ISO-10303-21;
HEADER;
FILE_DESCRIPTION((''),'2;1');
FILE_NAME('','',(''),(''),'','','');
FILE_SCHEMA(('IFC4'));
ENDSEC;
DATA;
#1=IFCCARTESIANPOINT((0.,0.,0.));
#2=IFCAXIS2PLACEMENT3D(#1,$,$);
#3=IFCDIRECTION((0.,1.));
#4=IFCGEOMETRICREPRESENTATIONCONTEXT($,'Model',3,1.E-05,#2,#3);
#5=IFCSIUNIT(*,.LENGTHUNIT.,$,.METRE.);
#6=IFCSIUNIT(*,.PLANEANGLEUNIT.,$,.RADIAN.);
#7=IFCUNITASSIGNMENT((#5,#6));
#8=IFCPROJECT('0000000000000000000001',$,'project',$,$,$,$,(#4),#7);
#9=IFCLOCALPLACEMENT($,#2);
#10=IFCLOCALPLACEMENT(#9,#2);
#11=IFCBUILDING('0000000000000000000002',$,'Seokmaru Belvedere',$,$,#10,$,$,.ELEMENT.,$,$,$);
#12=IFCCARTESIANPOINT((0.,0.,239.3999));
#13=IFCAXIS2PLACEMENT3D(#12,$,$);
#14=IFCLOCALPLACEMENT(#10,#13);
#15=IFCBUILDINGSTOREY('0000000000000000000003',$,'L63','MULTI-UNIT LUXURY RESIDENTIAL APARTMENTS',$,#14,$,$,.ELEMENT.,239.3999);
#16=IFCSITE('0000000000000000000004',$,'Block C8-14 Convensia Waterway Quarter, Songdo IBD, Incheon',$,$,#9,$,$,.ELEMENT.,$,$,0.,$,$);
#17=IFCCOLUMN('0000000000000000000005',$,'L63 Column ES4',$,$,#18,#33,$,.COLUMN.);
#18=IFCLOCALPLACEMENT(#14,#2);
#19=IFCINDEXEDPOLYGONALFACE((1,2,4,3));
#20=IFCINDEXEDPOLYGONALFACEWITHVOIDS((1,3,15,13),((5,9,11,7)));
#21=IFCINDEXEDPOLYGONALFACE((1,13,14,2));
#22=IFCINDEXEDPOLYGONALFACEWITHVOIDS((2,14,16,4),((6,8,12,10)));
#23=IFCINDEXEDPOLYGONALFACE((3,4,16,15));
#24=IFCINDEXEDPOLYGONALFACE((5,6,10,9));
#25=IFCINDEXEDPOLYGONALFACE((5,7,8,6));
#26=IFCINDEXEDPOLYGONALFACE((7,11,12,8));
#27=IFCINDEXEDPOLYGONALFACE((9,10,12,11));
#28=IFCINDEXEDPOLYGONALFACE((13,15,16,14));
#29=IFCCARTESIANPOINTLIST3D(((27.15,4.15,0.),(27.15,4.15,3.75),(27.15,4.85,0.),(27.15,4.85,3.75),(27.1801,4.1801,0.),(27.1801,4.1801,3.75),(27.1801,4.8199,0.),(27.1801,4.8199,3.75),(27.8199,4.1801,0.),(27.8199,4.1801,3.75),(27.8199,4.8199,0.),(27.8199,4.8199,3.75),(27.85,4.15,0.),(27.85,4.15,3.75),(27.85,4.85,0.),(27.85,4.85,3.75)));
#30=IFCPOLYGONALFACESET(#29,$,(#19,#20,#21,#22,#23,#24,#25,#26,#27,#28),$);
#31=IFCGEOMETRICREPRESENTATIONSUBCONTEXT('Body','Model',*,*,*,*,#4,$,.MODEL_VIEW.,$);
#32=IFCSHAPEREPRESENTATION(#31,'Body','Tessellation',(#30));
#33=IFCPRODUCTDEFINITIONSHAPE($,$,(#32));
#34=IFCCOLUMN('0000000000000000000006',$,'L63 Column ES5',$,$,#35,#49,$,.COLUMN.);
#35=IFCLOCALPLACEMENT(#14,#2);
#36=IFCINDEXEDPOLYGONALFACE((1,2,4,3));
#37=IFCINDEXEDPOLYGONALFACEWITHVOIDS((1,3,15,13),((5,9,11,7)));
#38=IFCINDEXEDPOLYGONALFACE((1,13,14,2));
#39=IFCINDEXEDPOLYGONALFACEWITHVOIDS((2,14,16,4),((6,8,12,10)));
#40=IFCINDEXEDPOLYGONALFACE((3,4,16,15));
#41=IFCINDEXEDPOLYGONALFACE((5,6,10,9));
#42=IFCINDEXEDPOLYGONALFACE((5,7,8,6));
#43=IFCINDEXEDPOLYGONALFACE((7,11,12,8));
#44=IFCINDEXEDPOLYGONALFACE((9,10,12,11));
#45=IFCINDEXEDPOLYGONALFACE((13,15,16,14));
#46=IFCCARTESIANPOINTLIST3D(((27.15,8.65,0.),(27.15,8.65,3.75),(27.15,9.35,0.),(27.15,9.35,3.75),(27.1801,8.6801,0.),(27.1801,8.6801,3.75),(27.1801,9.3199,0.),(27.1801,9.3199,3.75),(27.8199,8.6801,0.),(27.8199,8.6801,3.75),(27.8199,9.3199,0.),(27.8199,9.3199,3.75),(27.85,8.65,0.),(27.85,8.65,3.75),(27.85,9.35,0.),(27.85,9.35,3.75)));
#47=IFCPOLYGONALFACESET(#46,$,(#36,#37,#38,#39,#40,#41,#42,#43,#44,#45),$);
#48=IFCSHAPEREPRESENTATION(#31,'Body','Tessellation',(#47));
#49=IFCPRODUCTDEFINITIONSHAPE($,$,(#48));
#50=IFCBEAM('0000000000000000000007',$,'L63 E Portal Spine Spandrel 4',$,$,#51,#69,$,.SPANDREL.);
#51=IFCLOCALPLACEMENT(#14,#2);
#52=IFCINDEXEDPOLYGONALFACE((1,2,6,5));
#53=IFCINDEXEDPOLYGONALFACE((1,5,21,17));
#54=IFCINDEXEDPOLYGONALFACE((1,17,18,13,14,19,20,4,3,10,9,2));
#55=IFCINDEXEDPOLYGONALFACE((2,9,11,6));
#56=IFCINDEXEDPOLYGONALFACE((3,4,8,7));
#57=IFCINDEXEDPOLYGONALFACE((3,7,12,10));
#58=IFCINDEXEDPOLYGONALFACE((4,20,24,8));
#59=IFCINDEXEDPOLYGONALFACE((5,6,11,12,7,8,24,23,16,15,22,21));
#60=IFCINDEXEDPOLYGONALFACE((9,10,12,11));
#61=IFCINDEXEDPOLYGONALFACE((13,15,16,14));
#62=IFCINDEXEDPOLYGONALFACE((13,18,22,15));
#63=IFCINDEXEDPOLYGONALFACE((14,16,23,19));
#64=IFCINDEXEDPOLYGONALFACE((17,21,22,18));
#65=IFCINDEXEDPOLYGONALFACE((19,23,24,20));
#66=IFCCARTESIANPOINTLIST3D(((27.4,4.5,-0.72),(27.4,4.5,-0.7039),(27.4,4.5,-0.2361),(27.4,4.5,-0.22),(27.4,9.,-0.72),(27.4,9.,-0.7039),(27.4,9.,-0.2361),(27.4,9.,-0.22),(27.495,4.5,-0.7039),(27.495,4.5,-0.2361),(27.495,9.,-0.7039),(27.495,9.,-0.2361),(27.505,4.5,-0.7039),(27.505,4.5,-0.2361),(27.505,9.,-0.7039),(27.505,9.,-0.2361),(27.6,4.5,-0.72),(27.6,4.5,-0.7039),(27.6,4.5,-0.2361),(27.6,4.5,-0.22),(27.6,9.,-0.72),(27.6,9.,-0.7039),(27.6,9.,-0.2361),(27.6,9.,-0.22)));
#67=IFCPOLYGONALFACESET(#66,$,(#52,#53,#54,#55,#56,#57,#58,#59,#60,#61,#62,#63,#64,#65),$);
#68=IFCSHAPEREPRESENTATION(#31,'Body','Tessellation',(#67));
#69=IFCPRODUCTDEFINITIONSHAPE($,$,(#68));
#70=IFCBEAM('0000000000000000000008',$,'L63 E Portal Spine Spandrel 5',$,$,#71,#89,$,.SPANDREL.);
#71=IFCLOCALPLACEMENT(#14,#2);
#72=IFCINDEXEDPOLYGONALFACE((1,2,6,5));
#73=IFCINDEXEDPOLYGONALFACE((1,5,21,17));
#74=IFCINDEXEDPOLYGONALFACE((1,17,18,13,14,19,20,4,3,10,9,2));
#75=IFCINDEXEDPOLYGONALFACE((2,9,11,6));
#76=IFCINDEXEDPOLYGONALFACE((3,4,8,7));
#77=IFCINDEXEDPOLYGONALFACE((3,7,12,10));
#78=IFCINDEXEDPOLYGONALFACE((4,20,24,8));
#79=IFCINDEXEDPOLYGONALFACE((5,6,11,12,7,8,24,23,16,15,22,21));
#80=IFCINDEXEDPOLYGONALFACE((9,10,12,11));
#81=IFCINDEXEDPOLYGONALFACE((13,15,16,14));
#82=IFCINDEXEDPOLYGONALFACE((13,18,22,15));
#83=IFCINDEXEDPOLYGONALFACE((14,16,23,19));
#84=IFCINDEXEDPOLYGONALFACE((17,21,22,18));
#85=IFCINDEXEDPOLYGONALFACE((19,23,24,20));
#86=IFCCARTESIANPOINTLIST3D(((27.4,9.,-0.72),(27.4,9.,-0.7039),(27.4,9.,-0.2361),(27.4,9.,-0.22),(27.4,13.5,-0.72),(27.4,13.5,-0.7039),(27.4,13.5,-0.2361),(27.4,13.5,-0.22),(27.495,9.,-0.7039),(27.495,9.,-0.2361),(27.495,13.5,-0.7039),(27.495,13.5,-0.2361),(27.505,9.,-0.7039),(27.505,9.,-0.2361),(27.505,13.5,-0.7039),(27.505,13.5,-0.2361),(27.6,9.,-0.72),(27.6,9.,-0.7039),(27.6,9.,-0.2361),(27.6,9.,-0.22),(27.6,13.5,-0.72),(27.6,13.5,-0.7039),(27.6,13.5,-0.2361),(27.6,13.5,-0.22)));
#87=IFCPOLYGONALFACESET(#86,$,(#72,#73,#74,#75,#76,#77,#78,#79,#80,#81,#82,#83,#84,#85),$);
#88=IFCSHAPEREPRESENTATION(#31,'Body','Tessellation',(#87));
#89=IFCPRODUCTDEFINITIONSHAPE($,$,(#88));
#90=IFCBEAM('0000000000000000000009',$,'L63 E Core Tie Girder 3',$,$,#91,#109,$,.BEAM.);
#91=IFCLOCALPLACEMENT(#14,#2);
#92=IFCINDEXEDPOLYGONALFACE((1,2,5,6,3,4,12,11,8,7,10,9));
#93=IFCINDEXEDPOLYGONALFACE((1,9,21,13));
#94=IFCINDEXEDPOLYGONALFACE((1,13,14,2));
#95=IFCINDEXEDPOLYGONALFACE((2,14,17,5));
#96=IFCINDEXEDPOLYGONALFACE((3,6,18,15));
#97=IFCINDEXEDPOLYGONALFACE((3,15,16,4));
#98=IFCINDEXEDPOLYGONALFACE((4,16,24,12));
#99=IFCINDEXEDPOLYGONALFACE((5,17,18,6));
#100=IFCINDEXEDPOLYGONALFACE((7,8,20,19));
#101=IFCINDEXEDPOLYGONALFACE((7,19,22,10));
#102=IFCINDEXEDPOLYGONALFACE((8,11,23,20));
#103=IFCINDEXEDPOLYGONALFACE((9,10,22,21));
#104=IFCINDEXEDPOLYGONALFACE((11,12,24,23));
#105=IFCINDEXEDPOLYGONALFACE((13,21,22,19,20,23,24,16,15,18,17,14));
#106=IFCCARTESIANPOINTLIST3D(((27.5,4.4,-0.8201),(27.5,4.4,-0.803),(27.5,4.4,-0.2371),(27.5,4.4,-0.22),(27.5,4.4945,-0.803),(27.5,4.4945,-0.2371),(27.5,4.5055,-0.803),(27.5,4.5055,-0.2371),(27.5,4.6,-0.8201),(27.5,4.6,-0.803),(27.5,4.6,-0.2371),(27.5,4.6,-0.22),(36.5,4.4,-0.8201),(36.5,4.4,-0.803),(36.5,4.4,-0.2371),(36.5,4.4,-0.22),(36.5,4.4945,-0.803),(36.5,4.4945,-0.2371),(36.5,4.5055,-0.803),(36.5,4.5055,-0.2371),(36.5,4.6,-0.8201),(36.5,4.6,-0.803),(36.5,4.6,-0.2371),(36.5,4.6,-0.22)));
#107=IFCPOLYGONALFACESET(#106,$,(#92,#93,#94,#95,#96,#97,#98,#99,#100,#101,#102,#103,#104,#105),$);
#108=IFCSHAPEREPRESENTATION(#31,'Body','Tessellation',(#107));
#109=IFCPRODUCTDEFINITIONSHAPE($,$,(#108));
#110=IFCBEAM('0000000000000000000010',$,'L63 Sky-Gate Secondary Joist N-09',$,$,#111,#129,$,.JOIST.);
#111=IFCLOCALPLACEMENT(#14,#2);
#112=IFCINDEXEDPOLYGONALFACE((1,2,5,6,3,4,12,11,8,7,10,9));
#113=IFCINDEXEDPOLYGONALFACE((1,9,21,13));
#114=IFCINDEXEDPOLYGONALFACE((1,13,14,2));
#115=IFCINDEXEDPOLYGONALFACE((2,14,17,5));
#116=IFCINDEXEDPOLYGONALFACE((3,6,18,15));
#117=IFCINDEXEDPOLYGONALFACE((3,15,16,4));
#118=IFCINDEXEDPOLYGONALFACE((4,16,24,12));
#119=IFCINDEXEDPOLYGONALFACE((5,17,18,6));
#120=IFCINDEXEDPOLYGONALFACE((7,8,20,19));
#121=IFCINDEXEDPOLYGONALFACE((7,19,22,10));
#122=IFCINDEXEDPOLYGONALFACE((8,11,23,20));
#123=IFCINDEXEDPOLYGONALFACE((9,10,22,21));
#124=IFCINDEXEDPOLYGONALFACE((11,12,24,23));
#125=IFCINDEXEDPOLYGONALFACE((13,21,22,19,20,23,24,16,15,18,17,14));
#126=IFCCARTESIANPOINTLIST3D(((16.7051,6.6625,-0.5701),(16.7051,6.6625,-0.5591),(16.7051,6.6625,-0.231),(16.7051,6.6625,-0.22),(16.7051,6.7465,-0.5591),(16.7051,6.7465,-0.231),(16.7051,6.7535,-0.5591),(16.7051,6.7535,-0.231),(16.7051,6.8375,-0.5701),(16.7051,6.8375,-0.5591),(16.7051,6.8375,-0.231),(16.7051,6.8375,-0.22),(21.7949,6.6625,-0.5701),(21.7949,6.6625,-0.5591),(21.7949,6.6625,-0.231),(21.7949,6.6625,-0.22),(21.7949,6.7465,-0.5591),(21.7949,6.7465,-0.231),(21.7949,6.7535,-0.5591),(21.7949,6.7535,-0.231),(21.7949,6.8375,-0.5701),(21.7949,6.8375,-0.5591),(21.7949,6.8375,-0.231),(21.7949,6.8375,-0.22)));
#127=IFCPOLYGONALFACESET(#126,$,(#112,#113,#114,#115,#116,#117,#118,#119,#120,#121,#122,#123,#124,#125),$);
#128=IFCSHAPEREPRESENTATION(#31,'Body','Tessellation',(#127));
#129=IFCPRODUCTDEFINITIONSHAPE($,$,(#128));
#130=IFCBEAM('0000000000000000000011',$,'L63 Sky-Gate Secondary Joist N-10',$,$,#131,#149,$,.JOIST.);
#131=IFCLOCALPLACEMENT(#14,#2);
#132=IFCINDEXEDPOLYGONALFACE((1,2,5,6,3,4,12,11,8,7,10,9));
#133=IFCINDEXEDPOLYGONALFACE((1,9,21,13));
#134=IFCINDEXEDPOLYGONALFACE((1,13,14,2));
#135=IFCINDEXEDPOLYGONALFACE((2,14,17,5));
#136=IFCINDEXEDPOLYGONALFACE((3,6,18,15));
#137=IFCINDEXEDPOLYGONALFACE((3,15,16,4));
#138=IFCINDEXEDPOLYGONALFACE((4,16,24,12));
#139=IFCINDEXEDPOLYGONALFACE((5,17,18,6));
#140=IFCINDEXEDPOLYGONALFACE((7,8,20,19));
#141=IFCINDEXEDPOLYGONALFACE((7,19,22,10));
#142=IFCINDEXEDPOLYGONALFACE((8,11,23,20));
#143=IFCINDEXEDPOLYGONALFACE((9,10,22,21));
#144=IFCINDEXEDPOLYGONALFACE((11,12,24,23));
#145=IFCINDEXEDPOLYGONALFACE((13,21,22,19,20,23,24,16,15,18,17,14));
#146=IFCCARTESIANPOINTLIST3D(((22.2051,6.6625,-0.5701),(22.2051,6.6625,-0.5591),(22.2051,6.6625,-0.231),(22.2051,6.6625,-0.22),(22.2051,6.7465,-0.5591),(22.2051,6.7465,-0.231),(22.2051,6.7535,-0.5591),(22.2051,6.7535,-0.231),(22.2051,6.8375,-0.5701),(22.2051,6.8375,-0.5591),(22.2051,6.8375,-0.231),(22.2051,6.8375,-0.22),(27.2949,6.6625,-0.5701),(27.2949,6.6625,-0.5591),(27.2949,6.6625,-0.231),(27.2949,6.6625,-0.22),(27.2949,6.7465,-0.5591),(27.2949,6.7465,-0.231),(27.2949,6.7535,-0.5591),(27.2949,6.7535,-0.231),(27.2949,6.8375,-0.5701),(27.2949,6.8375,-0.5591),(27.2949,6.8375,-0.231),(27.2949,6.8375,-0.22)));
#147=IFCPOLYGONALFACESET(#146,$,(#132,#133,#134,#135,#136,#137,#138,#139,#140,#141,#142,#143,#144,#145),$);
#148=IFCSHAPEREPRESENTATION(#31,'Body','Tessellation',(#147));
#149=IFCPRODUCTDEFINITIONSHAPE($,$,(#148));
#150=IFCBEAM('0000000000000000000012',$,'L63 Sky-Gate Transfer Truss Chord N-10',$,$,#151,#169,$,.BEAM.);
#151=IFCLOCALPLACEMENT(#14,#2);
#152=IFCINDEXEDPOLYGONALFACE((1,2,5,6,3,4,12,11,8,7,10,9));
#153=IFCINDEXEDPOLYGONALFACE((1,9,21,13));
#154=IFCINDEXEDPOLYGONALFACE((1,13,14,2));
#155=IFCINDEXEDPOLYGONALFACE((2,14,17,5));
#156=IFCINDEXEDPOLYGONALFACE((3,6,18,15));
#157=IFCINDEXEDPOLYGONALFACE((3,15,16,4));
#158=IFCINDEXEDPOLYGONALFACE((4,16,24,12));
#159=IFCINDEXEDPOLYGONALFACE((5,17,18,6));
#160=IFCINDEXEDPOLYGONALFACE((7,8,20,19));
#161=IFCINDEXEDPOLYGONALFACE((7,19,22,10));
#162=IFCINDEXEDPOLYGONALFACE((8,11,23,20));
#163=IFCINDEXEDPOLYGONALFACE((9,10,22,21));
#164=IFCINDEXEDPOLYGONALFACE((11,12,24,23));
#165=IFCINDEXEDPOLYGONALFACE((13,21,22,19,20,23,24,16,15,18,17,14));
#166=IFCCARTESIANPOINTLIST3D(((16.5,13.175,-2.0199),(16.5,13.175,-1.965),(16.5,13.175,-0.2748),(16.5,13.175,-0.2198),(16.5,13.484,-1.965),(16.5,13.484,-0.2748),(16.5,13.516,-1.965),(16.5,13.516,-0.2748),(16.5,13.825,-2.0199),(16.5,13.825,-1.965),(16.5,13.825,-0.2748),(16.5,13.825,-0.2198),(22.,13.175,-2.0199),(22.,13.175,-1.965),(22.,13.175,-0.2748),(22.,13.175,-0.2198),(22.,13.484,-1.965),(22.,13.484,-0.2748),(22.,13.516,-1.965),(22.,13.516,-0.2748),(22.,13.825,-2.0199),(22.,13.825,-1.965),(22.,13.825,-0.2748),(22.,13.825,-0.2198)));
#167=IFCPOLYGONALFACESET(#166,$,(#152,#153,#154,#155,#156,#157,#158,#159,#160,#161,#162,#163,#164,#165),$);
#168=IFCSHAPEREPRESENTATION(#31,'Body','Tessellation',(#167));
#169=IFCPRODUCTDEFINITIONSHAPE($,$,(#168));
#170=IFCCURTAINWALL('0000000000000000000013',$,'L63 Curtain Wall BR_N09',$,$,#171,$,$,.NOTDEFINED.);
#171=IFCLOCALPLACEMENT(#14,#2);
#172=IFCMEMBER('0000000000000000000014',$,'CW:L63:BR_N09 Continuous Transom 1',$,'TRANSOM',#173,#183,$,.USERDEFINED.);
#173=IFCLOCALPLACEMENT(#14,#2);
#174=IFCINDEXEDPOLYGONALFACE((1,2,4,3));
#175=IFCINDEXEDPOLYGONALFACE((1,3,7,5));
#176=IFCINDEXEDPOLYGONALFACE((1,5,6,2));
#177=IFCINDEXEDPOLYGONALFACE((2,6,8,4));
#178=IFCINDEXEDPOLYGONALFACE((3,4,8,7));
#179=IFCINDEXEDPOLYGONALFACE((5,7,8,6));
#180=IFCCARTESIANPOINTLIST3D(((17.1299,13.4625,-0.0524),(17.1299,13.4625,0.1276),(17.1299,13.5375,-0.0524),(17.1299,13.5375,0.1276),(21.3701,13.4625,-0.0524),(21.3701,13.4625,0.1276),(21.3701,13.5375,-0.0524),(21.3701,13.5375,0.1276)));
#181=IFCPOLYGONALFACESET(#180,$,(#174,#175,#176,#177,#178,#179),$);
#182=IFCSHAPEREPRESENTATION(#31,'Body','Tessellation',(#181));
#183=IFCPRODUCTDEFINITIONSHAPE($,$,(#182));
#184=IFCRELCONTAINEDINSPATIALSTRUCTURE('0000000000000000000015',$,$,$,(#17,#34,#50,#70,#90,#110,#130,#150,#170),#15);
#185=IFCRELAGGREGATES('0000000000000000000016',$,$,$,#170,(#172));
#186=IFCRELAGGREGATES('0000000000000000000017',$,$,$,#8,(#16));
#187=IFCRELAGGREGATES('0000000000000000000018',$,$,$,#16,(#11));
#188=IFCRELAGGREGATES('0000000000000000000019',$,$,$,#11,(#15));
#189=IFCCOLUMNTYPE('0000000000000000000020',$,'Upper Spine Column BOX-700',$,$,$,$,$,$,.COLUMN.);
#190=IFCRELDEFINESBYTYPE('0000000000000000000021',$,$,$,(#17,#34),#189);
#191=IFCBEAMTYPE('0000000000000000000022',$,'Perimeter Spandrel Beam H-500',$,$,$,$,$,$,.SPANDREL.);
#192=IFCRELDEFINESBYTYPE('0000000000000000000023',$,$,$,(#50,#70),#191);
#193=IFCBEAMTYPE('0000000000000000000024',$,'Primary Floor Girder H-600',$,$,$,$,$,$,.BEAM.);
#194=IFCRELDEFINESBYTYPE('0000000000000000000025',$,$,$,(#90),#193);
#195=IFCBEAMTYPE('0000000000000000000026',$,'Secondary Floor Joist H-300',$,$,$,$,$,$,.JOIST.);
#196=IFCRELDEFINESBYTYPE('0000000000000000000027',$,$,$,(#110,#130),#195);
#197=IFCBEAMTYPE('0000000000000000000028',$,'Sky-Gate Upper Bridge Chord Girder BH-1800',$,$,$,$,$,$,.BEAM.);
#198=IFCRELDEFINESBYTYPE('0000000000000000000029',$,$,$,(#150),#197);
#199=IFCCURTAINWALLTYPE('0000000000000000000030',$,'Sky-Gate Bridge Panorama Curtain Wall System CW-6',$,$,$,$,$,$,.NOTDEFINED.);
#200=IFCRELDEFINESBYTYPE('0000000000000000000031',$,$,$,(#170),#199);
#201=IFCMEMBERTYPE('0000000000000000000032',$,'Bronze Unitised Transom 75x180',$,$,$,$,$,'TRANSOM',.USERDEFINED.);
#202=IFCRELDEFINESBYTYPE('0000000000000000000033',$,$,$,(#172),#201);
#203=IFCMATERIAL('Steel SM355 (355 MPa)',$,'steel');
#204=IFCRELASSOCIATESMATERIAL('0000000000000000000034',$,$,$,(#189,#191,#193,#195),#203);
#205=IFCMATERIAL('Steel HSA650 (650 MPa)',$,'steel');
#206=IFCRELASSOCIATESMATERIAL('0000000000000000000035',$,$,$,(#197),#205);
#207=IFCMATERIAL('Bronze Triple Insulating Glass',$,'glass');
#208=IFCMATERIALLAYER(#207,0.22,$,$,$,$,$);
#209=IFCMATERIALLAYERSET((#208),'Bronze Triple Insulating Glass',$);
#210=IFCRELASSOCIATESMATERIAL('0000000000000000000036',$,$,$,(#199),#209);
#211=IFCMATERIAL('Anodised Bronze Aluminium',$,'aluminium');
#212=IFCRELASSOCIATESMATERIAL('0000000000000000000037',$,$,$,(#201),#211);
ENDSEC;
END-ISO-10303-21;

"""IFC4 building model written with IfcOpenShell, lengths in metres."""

from ifc_helpers import new_model, si_unit, direction, frame, origin, origin_2d, place, context, subcontext, project, spatial, rectangle, hollow_rectangle, i_section, extrude, source, transform, mapped, material, layer, layer_set, material_profile, profile_set, type_object, type_shapes, element, aggregate, save


model = new_model("IFC4")

# Units and contexts
model_context = context("Model", 3, precision=1e-05, world=origin(), true_north=direction((0.0, 1.0)))
body_context = subcontext(model_context, "Body", "Model", "MODEL_VIEW")
ifc_project = project(units=[si_unit("LENGTHUNIT", "METRE"), si_unit("PLANEANGLEUNIT", "RADIAN")], contexts=[model_context])

# Site, building, storey
site_placement = place(None, origin())
site = spatial("IfcSite", under=ifc_project, at=site_placement, Name="Block C8-14 Convensia Waterway Quarter, Songdo IBD, Incheon", CompositionType="ELEMENT", RefElevation=0.0)
building_placement = place(site_placement, origin())
building = spatial("IfcBuilding", under=site, at=building_placement, Name="Seokmaru Belvedere", CompositionType="ELEMENT")
storey_placement = place(building_placement, frame((0.0, 0.0, 239.3999)))
storey = spatial("IfcBuildingStorey", under=building, at=storey_placement, Name="L63", Description="MULTI-UNIT LUXURY RESIDENTIAL APARTMENTS", CompositionType="ELEMENT", Elevation=239.3999)

# Columns
ifc_material_1 = material(Name="Steel SM355 (355 MPa)", Category="steel")
ifc_material_profile_1 = material_profile(ifc_material_1, hollow_rectangle(XDim=0.7, YDim=0.7, WallThickness=0.03, at=origin_2d()), Name="BOX-700x700x30")
ifc_profile_set_1 = profile_set([ifc_material_profile_1], Name="Steel SM355 (355 MPa)")
column_type = type_object("IfcColumnType", Name="Upper Spine Column BOX-700", PredefinedType="COLUMN", material=ifc_profile_set_1)
shared_shape_1 = source(origin(), body_context, "Body", "SweptSolid", [
    extrude(hollow_rectangle(XDim=0.7, YDim=0.7, WallThickness=0.03, at=origin_2d()), origin(), (0.0, 0.0, 1.0), 3.75),
])
type_shapes(column_type, [shared_shape_1])
for number, where, z_axis, x_axis, name in (
    (1, (27.5, 4.5, 0.0), (0.0, 0.0, 1.0), (1.0, 0.0, 0.0), "L63 Column ES4"),
    (2, (27.5, 9.0, 0.0), (0.0, 0.0, 1.0), (1.0, 0.0, 0.0), "L63 Column ES5"),
):
    element("IfcColumn", number, at=place(storey_placement, frame(where, z_axis=z_axis, x_axis=x_axis)), inside=storey, type_object=column_type, Name=name, PredefinedType="COLUMN", context=body_context, shape_type="MappedRepresentation", body=[
        mapped(shared_shape_1, transform((0.0, 0.0, 0.0), scale=1.0)),
    ])

# Beams
ifc_material_profile_2 = material_profile(ifc_material_1, i_section(OverallWidth=0.2, OverallDepth=0.5, WebThickness=0.01, FlangeThickness=0.0161, at=origin_2d()), Name="H-500x200x10x16")
ifc_profile_set_2 = profile_set([ifc_material_profile_2], Name="Steel SM355 (355 MPa)")
beam_type_1 = type_object("IfcBeamType", Name="Perimeter Spandrel Beam H-500", PredefinedType="SPANDREL", material=ifc_profile_set_2)
shared_shape_2 = source(origin(), body_context, "Body", "SweptSolid", [
    extrude(i_section(OverallWidth=0.2, OverallDepth=0.5, WebThickness=0.01, FlangeThickness=0.0161, at=origin_2d()), origin(), (0.0, 0.0, 1.0), 4.5),
])
type_shapes(beam_type_1, [shared_shape_2])
for number, where, z_axis, x_axis, name in (
    (3, (27.5, 4.5, -0.47), (0.0, 1.0, 0.0), (-1.0, 0.0, 0.0), "L63 E Portal Spine Spandrel 4"),
    (4, (27.5, 9.0, -0.47), (0.0, 1.0, 0.0), (-1.0, 0.0, 0.0), "L63 E Portal Spine Spandrel 5"),
):
    element("IfcBeam", number, at=place(storey_placement, frame(where, z_axis=z_axis, x_axis=x_axis)), inside=storey, type_object=beam_type_1, Name=name, PredefinedType="SPANDREL", context=body_context, shape_type="MappedRepresentation", body=[
        mapped(shared_shape_2, transform((0.0, 0.0, 0.0), scale=1.0)),
    ])
ifc_material_profile_3 = material_profile(ifc_material_1, i_section(OverallWidth=0.2, OverallDepth=0.6001, WebThickness=0.011, FlangeThickness=0.0171, at=origin_2d()), Name="H-600x200x11x17")
ifc_profile_set_3 = profile_set([ifc_material_profile_3], Name="Steel SM355 (355 MPa)")
beam_type_2 = type_object("IfcBeamType", Name="Primary Floor Girder H-600", PredefinedType="BEAM", material=ifc_profile_set_3)
shared_shape_3 = source(origin(), body_context, "Body", "SweptSolid", [
    extrude(i_section(OverallWidth=0.2, OverallDepth=0.6001, WebThickness=0.011, FlangeThickness=0.0171, at=origin_2d()), origin(), (0.0, 0.0, 1.0), 9.0),
])
type_shapes(beam_type_2, [shared_shape_3])
beam_1_placement = place(storey_placement, frame((27.5, 4.5, -0.52), z_axis=(1.0, 0.0, 0.0), x_axis=(0.0, 1.0, 0.0)))
element("IfcBeam", 5, at=beam_1_placement, inside=storey, type_object=beam_type_2, Name="L63 E Core Tie Girder 3", PredefinedType="BEAM", context=body_context, shape_type="MappedRepresentation", body=[
    mapped(shared_shape_3, transform((0.0, 0.0, 0.0), scale=1.0)),
])
ifc_material_profile_4 = material_profile(ifc_material_1, i_section(OverallWidth=0.175, OverallDepth=0.3501, WebThickness=0.0071, FlangeThickness=0.011, at=origin_2d()), Name="H-350x175x7x11")
ifc_profile_set_4 = profile_set([ifc_material_profile_4], Name="Steel SM355 (355 MPa)")
beam_type_3 = type_object("IfcBeamType", Name="Secondary Floor Joist H-300", PredefinedType="JOIST", material=ifc_profile_set_4)
shared_shape_4 = source(origin(), body_context, "Body", "SweptSolid", [
    extrude(i_section(OverallWidth=0.175, OverallDepth=0.3501, WebThickness=0.0071, FlangeThickness=0.011, at=origin_2d()), origin(), (0.0, 0.0, 1.0), 5.0898),
])
type_shapes(beam_type_3, [shared_shape_4])
for number, where, z_axis, x_axis, name in (
    (6, (16.7051, 6.75, -0.395), (1.0, 0.0, 0.0), (0.0, 1.0, 0.0), "L63 Sky-Gate Secondary Joist N-09"),
    (7, (22.2051, 6.75, -0.395), (1.0, 0.0, 0.0), (0.0, 1.0, 0.0), "L63 Sky-Gate Secondary Joist N-10"),
):
    element("IfcBeam", number, at=place(storey_placement, frame(where, z_axis=z_axis, x_axis=x_axis)), inside=storey, type_object=beam_type_3, Name=name, PredefinedType="JOIST", context=body_context, shape_type="MappedRepresentation", body=[
        mapped(shared_shape_4, transform((0.0, 0.0, 0.0), scale=1.0)),
    ])
ifc_material_2 = material(Name="Steel HSA650 (650 MPa)", Category="steel")
ifc_material_profile_5 = material_profile(ifc_material_2, i_section(OverallWidth=0.6499, OverallDepth=1.8, WebThickness=0.032, FlangeThickness=0.0549, at=origin_2d()), Name="BH-1800x650x32x55")
ifc_profile_set_5 = profile_set([ifc_material_profile_5], Name="Steel HSA650 (650 MPa)")
beam_type_4 = type_object("IfcBeamType", Name="Sky-Gate Upper Bridge Chord Girder BH-1800", PredefinedType="BEAM", material=ifc_profile_set_5)
shared_shape_5 = source(origin(), body_context, "Body", "SweptSolid", [
    extrude(i_section(OverallWidth=0.6499, OverallDepth=1.8, WebThickness=0.032, FlangeThickness=0.0549, at=origin_2d()), origin(), (0.0, 0.0, 1.0), 5.5),
])
type_shapes(beam_type_4, [shared_shape_5])
beam_2_placement = place(storey_placement, frame((16.5, 13.5, -1.1199), z_axis=(1.0, 0.0, 0.0), x_axis=(0.0, 1.0, 0.0)))
element("IfcBeam", 8, at=beam_2_placement, inside=storey, type_object=beam_type_4, Name="L63 Sky-Gate Transfer Truss Chord N-10", PredefinedType="BEAM", context=body_context, shape_type="MappedRepresentation", body=[
    mapped(shared_shape_5, transform((0.0, 0.0, 0.0), scale=1.0)),
])

# Curtain wall, member
ifc_material_3 = material(Name="Bronze Triple Insulating Glass", Category="glass")
ifc_layer_1 = layer(ifc_material_3, 0.22)
ifc_layer_set_1 = layer_set([ifc_layer_1], Name="Bronze Triple Insulating Glass")
curtain_wall_type = type_object("IfcCurtainWallType", Name="Sky-Gate Bridge Panorama Curtain Wall System CW-6", PredefinedType="NOTDEFINED", material=ifc_layer_set_1)
curtain_wall_placement = place(storey_placement, origin())
curtain_wall = element("IfcCurtainWall", 9, at=curtain_wall_placement, inside=storey, type_object=curtain_wall_type, Name="L63 Curtain Wall BR_N09", PredefinedType="NOTDEFINED")
ifc_material_4 = material(Name="Anodised Bronze Aluminium", Category="aluminium")
ifc_material_profile_6 = material_profile(ifc_material_4, rectangle(XDim=0.075, YDim=0.1799, at=origin_2d()), Name="CW-T-75x180")
ifc_profile_set_6 = profile_set([ifc_material_profile_6], Name="Anodised Bronze Aluminium")
member_type_1 = type_object("IfcMemberType", Name="Bronze Unitised Transom 75x180", ElementType="TRANSOM", PredefinedType="USERDEFINED", material=ifc_profile_set_6)
shared_shape_6 = source(origin(), body_context, "Body", "SweptSolid", [
    extrude(rectangle(XDim=0.075, YDim=0.1799, at=origin_2d()), origin(), (0.0, 0.0, 1.0), 4.2402),
])
type_shapes(member_type_1, [shared_shape_6])
member_1_placement = place(storey_placement, frame((21.3701, 13.5, 0.0376), z_axis=(-1.0, 0.0, 0.0), x_axis=(0.0, -1.0, 0.0)))
member_1 = element("IfcMember", 10, at=member_1_placement, type_object=member_type_1, Name="CW:L63:BR_N09 Continuous Transom 1", ObjectType="TRANSOM", PredefinedType="USERDEFINED", context=body_context, shape_type="MappedRepresentation", body=[
    mapped(shared_shape_6, transform((0.0, 0.0, 0.0), scale=1.0)),
])
aggregate(curtain_wall, [member_1])

save(model, "model.ifc")
